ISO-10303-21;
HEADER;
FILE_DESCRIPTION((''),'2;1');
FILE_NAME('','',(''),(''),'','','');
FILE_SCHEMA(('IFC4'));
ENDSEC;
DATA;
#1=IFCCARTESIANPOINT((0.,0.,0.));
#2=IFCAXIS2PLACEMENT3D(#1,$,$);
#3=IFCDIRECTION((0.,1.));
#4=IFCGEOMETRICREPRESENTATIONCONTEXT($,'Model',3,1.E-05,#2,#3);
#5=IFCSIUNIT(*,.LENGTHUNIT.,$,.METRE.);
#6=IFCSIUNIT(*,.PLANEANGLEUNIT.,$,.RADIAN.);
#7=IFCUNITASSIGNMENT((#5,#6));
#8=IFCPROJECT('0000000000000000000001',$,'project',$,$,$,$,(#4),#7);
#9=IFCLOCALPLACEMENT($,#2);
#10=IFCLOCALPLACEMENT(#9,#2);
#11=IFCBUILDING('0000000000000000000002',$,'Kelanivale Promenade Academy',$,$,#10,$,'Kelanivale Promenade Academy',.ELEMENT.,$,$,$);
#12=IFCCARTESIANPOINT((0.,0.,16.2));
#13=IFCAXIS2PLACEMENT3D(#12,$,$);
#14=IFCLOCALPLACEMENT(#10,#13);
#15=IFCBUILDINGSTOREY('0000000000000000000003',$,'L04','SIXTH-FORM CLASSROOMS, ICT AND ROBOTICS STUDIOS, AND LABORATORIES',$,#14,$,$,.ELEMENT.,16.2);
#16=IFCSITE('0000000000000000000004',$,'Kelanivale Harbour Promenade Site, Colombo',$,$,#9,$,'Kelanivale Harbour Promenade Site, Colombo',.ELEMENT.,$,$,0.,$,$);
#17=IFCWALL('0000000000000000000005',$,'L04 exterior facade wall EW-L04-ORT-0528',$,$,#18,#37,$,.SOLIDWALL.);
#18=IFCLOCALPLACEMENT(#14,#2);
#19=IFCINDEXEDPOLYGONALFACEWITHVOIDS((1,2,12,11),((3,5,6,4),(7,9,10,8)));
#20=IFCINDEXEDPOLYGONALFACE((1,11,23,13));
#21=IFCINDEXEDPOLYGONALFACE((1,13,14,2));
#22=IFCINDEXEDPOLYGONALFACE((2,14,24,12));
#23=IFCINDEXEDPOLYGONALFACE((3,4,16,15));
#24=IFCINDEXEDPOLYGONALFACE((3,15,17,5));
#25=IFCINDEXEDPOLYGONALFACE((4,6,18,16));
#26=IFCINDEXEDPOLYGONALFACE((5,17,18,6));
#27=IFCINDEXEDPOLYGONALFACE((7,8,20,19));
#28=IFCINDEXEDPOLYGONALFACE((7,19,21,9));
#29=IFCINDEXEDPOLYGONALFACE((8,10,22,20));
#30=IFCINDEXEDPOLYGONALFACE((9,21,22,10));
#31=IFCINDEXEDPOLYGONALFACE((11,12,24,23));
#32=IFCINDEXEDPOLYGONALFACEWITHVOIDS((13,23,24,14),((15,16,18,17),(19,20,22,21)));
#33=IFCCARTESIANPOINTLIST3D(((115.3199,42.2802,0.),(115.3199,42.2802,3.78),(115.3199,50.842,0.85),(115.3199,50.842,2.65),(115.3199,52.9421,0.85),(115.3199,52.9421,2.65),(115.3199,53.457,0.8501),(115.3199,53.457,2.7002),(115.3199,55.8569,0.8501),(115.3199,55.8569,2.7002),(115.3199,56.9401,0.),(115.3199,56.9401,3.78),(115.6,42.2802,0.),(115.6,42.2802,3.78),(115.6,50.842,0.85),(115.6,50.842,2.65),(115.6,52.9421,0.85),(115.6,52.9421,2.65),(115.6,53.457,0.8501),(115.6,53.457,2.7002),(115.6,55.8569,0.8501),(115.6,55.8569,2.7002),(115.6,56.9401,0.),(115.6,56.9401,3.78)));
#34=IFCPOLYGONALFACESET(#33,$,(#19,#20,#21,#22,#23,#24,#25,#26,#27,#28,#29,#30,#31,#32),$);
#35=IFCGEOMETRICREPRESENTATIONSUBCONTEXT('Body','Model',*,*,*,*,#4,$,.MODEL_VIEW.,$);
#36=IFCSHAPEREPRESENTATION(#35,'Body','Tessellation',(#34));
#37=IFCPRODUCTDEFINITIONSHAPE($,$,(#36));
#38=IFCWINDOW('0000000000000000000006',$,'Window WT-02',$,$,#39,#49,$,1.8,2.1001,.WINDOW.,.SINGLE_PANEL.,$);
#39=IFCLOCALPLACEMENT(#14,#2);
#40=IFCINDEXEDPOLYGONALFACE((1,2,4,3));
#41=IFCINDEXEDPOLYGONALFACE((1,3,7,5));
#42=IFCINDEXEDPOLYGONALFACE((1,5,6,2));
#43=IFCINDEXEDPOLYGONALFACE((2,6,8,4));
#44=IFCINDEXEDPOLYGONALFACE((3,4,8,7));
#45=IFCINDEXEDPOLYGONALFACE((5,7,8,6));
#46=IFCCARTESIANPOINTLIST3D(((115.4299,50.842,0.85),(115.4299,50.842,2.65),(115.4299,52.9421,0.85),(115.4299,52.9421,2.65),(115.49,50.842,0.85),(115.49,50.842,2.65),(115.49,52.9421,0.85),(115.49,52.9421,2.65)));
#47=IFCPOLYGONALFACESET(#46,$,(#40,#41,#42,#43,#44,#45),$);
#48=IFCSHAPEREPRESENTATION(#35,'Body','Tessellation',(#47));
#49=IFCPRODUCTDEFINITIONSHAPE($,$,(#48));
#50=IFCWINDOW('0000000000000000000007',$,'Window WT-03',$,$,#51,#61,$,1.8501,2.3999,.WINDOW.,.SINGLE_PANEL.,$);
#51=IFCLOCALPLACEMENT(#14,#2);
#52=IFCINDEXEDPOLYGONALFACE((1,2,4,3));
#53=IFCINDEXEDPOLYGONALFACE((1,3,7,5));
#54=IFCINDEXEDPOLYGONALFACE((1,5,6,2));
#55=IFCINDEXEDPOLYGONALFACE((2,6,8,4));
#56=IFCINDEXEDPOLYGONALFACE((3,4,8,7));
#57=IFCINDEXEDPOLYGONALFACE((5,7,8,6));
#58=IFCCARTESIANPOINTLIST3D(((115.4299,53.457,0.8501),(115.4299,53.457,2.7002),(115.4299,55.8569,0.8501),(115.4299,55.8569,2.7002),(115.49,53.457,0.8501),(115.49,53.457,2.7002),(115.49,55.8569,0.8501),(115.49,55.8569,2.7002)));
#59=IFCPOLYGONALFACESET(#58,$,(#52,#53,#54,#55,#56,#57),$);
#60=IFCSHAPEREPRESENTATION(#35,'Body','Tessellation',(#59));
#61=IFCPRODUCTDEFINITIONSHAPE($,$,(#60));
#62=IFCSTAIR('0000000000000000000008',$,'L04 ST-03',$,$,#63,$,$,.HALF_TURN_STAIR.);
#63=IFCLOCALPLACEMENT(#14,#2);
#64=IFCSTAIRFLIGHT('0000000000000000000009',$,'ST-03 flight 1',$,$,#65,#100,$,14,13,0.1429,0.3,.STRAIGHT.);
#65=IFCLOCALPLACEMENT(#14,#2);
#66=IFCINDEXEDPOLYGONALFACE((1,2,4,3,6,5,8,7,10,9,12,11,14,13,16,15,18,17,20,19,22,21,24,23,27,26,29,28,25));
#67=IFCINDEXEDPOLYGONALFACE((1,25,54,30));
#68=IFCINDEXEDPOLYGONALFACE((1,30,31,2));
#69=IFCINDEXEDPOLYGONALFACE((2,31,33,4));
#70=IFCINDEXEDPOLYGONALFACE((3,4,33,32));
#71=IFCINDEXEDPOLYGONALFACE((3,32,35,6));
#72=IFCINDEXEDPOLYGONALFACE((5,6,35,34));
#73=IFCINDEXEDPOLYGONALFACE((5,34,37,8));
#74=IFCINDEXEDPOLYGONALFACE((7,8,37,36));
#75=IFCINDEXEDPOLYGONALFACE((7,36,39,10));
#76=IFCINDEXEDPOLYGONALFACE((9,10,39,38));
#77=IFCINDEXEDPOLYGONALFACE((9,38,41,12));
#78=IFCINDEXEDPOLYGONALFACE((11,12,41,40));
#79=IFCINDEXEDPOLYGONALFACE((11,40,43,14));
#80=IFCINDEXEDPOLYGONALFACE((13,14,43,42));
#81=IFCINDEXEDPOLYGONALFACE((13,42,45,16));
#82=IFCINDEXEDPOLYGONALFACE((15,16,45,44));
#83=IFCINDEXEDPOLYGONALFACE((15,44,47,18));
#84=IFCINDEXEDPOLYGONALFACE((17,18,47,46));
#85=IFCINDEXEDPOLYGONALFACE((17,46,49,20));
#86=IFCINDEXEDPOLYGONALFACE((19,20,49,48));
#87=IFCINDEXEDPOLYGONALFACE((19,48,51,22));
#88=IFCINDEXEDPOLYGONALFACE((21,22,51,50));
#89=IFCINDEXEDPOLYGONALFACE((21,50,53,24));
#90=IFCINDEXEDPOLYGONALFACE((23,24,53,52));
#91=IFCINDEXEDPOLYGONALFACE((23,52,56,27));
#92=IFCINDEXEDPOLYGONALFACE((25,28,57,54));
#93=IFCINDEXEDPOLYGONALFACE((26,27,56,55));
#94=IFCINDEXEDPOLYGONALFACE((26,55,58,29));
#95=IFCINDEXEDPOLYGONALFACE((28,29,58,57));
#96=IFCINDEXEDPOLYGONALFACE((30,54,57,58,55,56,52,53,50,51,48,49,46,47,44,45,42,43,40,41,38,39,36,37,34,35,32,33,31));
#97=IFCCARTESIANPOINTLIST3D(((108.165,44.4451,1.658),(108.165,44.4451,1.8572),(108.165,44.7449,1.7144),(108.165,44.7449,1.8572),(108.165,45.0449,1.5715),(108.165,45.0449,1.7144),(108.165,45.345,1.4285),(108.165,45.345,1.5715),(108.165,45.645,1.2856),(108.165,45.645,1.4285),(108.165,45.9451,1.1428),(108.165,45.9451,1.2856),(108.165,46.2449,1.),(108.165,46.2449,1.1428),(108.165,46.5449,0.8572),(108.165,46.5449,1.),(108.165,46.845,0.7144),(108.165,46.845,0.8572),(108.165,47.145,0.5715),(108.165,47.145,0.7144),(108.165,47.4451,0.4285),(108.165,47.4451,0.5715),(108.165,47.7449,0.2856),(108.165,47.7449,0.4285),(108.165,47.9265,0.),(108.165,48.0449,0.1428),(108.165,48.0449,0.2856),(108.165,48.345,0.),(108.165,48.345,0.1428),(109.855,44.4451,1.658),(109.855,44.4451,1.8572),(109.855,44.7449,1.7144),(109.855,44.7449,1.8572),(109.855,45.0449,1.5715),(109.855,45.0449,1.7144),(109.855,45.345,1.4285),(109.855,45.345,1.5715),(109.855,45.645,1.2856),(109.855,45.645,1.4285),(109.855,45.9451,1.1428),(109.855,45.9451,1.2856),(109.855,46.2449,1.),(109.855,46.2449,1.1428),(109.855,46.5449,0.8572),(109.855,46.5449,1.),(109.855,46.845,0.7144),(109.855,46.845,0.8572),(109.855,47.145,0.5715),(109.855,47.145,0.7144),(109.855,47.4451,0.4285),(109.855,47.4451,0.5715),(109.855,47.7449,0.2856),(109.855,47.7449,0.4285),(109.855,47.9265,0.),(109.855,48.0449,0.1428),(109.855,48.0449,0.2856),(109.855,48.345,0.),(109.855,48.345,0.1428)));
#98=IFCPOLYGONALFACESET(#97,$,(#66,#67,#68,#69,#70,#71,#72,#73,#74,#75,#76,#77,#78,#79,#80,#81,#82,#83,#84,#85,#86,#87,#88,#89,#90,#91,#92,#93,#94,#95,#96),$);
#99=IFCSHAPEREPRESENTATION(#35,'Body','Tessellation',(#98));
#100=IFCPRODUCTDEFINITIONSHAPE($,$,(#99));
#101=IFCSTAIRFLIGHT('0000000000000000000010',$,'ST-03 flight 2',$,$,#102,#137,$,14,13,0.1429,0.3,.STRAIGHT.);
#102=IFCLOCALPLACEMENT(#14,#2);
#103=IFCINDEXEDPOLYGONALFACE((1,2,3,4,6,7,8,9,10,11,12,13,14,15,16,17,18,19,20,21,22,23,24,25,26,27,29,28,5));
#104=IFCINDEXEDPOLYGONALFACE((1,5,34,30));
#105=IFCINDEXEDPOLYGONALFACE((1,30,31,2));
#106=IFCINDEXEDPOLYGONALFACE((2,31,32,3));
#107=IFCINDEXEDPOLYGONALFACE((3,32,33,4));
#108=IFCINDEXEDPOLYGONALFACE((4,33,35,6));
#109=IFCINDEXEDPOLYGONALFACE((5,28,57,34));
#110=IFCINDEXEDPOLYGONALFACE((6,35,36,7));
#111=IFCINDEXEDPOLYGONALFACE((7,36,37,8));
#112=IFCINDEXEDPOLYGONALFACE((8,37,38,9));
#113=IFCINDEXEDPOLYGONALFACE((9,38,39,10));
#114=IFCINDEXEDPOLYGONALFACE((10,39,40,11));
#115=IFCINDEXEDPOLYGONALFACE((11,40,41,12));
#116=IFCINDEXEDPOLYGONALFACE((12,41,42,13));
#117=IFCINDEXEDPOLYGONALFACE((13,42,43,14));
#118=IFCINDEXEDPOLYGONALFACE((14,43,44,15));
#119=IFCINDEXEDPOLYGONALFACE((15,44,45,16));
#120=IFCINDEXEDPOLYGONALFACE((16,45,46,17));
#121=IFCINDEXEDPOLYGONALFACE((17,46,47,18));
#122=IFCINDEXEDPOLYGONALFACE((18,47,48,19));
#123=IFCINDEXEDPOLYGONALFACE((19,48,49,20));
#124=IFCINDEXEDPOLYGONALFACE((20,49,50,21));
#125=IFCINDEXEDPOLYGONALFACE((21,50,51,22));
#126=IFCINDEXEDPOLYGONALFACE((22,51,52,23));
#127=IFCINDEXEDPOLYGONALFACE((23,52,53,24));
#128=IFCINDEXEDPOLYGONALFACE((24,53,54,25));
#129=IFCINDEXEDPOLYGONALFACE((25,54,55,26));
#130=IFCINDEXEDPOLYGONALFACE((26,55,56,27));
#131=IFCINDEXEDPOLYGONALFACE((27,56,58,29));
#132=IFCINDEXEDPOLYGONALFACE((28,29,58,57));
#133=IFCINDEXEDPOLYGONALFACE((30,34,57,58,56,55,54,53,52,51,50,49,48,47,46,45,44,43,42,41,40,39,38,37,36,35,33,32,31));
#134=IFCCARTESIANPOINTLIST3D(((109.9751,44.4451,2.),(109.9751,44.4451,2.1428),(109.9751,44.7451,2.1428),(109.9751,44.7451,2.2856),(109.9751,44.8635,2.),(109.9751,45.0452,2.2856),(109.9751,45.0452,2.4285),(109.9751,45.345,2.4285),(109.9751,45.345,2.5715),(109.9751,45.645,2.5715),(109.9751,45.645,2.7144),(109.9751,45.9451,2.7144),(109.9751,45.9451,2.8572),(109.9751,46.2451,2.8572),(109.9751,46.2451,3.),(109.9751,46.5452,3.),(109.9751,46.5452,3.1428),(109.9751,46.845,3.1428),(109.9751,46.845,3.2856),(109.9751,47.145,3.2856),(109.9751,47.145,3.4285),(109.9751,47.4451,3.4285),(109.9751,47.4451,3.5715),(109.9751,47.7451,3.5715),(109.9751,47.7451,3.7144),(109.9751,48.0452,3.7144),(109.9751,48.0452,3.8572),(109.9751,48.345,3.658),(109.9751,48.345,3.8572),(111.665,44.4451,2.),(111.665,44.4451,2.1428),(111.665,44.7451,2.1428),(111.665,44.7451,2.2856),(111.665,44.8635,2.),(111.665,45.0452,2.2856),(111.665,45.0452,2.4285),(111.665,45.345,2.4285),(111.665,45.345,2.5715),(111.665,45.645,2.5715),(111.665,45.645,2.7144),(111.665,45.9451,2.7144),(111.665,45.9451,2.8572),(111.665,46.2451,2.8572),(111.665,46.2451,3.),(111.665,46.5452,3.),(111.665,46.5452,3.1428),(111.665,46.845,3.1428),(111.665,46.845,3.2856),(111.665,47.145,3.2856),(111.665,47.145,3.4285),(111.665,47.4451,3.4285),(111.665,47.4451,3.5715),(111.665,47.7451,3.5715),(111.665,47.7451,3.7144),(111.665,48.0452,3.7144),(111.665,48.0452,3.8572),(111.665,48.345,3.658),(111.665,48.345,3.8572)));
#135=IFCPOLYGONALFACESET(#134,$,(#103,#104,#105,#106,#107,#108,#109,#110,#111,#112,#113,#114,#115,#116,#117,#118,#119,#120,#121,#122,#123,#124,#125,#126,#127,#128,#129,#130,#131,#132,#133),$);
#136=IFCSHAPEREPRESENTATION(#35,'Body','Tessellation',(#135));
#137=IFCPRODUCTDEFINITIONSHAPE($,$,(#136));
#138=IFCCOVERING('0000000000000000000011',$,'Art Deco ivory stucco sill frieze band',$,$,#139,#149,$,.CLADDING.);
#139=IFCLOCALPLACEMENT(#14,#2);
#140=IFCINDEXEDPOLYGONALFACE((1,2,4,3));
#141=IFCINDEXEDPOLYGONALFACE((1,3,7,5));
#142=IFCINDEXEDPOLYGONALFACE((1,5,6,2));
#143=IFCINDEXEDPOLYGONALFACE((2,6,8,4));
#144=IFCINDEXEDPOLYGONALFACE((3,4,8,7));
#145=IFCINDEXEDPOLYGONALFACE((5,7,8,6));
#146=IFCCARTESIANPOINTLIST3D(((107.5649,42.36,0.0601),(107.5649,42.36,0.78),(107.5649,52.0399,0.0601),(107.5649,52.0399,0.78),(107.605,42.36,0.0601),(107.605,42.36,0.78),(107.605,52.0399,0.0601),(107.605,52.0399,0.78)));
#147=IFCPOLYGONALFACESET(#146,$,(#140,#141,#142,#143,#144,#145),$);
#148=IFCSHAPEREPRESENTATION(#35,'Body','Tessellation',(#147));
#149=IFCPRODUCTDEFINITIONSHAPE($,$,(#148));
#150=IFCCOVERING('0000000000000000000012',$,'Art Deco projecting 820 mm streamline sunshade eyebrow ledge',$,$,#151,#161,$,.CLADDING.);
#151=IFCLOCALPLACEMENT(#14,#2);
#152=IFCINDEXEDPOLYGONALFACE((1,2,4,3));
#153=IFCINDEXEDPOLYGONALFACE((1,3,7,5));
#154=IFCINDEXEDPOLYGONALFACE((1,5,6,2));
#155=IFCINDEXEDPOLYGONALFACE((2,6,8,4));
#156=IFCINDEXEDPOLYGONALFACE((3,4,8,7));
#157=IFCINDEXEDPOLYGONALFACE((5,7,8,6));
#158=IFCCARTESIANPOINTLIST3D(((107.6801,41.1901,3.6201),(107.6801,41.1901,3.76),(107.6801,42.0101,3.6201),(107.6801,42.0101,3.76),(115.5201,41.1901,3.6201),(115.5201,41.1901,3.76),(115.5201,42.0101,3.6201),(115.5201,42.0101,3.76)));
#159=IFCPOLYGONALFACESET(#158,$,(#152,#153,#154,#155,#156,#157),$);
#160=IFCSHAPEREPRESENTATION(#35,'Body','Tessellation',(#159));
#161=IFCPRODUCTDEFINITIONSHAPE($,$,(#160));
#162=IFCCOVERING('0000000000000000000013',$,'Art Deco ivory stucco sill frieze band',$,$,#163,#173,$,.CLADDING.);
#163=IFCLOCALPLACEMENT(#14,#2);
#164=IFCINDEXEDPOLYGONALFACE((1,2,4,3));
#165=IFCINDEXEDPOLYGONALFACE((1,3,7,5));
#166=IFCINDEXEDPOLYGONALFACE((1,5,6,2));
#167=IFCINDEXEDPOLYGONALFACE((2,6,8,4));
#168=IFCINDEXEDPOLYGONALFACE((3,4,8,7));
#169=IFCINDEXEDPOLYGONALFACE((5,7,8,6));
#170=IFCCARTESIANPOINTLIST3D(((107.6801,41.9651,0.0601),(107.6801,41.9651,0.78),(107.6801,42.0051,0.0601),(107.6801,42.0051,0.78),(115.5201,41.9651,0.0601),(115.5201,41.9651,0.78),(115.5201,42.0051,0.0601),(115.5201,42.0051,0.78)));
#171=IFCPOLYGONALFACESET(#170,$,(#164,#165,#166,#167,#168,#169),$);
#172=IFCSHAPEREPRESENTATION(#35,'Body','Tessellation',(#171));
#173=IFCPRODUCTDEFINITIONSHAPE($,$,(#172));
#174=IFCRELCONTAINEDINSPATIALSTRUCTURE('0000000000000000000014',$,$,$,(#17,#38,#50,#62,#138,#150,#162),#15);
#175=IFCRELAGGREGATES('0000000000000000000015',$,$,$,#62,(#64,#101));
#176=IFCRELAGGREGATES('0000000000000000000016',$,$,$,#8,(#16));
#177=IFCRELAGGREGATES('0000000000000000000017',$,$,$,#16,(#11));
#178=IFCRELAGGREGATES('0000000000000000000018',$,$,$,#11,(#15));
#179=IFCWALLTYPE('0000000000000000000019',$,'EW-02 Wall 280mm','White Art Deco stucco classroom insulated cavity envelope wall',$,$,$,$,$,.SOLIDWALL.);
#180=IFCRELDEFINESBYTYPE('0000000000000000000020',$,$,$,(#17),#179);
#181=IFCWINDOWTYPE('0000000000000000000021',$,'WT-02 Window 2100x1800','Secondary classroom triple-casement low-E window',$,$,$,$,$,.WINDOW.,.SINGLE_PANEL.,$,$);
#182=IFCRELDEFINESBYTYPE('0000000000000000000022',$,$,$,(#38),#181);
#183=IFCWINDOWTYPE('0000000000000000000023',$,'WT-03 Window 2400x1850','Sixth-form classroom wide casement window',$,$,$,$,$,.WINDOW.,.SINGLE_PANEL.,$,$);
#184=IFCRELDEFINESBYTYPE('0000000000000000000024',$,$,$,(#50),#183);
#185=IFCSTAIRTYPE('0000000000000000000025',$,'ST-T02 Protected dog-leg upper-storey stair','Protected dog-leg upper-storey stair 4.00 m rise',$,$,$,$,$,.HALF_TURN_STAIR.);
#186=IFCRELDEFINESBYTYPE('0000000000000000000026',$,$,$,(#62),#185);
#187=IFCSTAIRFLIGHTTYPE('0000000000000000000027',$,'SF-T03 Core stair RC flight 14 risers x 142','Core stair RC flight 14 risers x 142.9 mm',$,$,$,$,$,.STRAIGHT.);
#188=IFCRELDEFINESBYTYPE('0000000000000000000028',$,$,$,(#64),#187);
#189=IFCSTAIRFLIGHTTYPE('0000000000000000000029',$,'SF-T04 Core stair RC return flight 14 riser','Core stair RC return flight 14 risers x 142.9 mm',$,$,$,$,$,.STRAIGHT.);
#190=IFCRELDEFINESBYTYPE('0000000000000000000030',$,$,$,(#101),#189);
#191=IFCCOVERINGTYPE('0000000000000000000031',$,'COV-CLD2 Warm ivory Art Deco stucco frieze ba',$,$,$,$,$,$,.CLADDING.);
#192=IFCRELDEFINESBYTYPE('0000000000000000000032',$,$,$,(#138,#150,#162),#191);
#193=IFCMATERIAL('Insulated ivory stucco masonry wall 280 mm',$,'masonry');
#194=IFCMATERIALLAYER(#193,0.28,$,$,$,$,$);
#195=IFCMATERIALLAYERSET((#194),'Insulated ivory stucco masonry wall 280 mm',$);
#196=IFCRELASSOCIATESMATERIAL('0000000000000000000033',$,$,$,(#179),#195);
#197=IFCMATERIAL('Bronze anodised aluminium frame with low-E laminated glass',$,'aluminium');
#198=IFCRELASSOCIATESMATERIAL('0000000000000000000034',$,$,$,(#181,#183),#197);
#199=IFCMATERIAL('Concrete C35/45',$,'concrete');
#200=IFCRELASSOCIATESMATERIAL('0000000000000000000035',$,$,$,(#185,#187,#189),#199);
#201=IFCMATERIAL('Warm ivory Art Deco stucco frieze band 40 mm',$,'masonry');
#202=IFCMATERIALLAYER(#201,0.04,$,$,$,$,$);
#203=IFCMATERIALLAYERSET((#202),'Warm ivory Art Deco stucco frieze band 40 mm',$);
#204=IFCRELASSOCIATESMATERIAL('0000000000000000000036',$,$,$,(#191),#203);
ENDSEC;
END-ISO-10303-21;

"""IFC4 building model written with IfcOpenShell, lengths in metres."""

from ifc_helpers import new_model, si_unit, direction, frame, frame_2d, origin, origin_2d, place, context, subcontext, project, spatial, polyline, rectangle, outline, extrude, material, layer, layer_set, type_object, element, fill, aggregate, save


model = new_model("IFC4")

# Units and contexts
model_context = context("Model", 3, precision=1e-05, world=origin(), true_north=direction((0.0, 1.0)))
body_context = subcontext(model_context, "Body", "Model", "MODEL_VIEW")
ifc_project = project(units=[si_unit("LENGTHUNIT", "METRE"), si_unit("PLANEANGLEUNIT", "RADIAN")], contexts=[model_context])

# Site, building, storey
site_placement = place(None, origin())
site = spatial("IfcSite", under=ifc_project, at=site_placement, Name="Kelanivale Harbour Promenade Site, Colombo", LongName="Kelanivale Harbour Promenade Site, Colombo", CompositionType="ELEMENT", RefElevation=0.0)
building_placement = place(site_placement, origin())
building = spatial("IfcBuilding", under=site, at=building_placement, Name="Kelanivale Promenade Academy", LongName="Kelanivale Promenade Academy", CompositionType="ELEMENT")
storey_placement = place(building_placement, frame((0.0, 0.0, 16.2)))
storey = spatial("IfcBuildingStorey", under=building, at=storey_placement, Name="L04", Description="SIXTH-FORM CLASSROOMS, ICT AND ROBOTICS STUDIOS, AND LABORATORIES", CompositionType="ELEMENT", Elevation=16.2)

# Shared definitions
ifc_material_1 = material(Name="Concrete C35/45", Category="concrete")

# Shared definitions
ifc_material_2 = material(Name="Insulated ivory stucco masonry wall 280 mm", Category="masonry")
ifc_layer_1 = layer(ifc_material_2, 0.28)
ifc_layer_set_1 = layer_set([ifc_layer_1], Name="Insulated ivory stucco masonry wall 280 mm")
wall_type_1 = type_object("IfcWallType", Name="EW-02 Wall 280mm", Description="White Art Deco stucco classroom insulated cavity envelope wall", PredefinedType="SOLIDWALL", material=ifc_layer_set_1)

# Wall, openings, windows
wall_1_placement = place(storey_placement, frame((115.46, 42.28, 0.0), z_axis=(0.0, 0.0, 1.0), x_axis=(0.0, 1.0, 0.0)))
wall_1 = element("IfcWall", 1, at=wall_1_placement, inside=storey, type_object=wall_type_1, Name="L04 exterior facade wall EW-L04-ORT-0528", PredefinedType="SOLIDWALL", context=body_context, shape_type="SweptSolid", body=[
    extrude(rectangle(XDim=14.6599, YDim=0.28, at=frame_2d((7.3301, 0.0))), origin(), (0.0, 0.0, 1.0), 3.78),
])
opening_1_placement = place(wall_1_placement, frame((8.562, 0.0, 0.8501)))
opening_1 = element("IfcOpeningElement", 2, at=opening_1_placement, cuts=wall_1, PredefinedType="OPENING", context=body_context, shape_type="SweptSolid", body=[
    extrude(rectangle(XDim=2.1001, YDim=1.8, at=frame_2d((1.05, 0.8999))), frame((0.0, 0.1499, 0.0), z_axis=(0.0, -1.0, 0.0), x_axis=(1.0, 0.0, 0.0)), (0.0, 0.0, 1.0), 0.3),
])
opening_2_placement = place(wall_1_placement, frame((11.177, 0.0, 0.8501)))
opening_2 = element("IfcOpeningElement", 3, at=opening_2_placement, cuts=wall_1, PredefinedType="OPENING", context=body_context, shape_type="SweptSolid", body=[
    extrude(rectangle(XDim=2.3999, YDim=1.8501, at=frame_2d((1.2, 0.925))), frame((0.0, 0.1499, 0.0), z_axis=(0.0, -1.0, 0.0), x_axis=(1.0, 0.0, 0.0)), (0.0, 0.0, 1.0), 0.3),
])
ifc_material_3 = material(Name="Bronze anodised aluminium frame with low-E laminated glass", Category="aluminium")
window_type_1 = type_object("IfcWindowType", Name="WT-02 Window 2100x1800", Description="Secondary classroom triple-casement low-E window", PartitioningType="SINGLE_PANEL", PredefinedType="WINDOW", material=ifc_material_3)
window_1_placement = place(opening_1_placement, origin())
window_1 = element("IfcWindow", 4, at=window_1_placement, inside=storey, type_object=window_type_1, Name="Window WT-02", OverallHeight=1.8, OverallWidth=2.1001, PartitioningType="SINGLE_PANEL", PredefinedType="WINDOW", context=body_context, shape_type="SweptSolid", body=[
    extrude(rectangle(XDim=2.1001, YDim=1.8, at=frame_2d((1.05, 0.8999))), frame((0.0, 0.03, 0.0), z_axis=(0.0, -1.0, 0.0), x_axis=(1.0, 0.0, 0.0)), (0.0, 0.0, 1.0), 0.0601),
])
fill(opening_1, window_1)
window_type_2 = type_object("IfcWindowType", Name="WT-03 Window 2400x1850", Description="Sixth-form classroom wide casement window", PartitioningType="SINGLE_PANEL", PredefinedType="WINDOW", material=ifc_material_3)
window_2_placement = place(opening_2_placement, origin())
window_2 = element("IfcWindow", 5, at=window_2_placement, inside=storey, type_object=window_type_2, Name="Window WT-03", OverallHeight=1.8501, OverallWidth=2.3999, PartitioningType="SINGLE_PANEL", PredefinedType="WINDOW", context=body_context, shape_type="SweptSolid", body=[
    extrude(rectangle(XDim=2.3999, YDim=1.8501, at=frame_2d((1.2, 0.925))), frame((0.0, 0.03, 0.0), z_axis=(0.0, -1.0, 0.0), x_axis=(1.0, 0.0, 0.0)), (0.0, 0.0, 1.0), 0.0601),
])
fill(opening_2, window_2)

# Stair, stair flights
stair_type = type_object("IfcStairType", Name="ST-T02 Protected dog-leg upper-storey stair", Description="Protected dog-leg upper-storey stair 4.00 m rise", PredefinedType="HALF_TURN_STAIR", material=ifc_material_1)
stair_placement = place(storey_placement, origin())
stair = element("IfcStair", 6, at=stair_placement, inside=storey, type_object=stair_type, Name="L04 ST-03", PredefinedType="HALF_TURN_STAIR")
stair_flight_type_1 = type_object("IfcStairFlightType", Name="SF-T03 Core stair RC flight 14 risers x 142", Description="Core stair RC flight 14 risers x 142.9 mm", PredefinedType="STRAIGHT", material=ifc_material_1)
stair_flight_1_placement = place(storey_placement, frame((109.01, 48.345, 0.0), z_axis=(0.0, 0.0, 1.0), x_axis=(0.0, -1.0, 0.0)))
stair_flight_1 = element("IfcStairFlight", 7, at=stair_flight_1_placement, type_object=stair_flight_type_1, Name="ST-03 flight 1", NumberOfRisers=14, NumberOfTreads=13, PredefinedType="STRAIGHT", RiserHeight=0.1429, TreadLength=0.3, context=body_context, shape_type="SweptSolid", body=[
    extrude(outline(polyline([(0.0, 0.0), (0.0, 0.1428), (0.3, 0.1428), (0.3, 0.2856), (0.6001, 0.2856), (0.6001, 0.4285), (0.8999, 0.4285), (0.8999, 0.5715), (1.2, 0.5715), (1.2, 0.7144), (1.5, 0.7144), (1.5, 0.8572), (1.8, 0.8572), (1.8, 1.0), (2.1001, 1.0), (2.1001, 1.1428), (2.3999, 1.1428), (2.3999, 1.2856), (2.7, 1.2856), (2.7, 1.4285), (3.0, 1.4285), (3.0, 1.5715), (3.3, 1.5715), (3.3, 1.7144), (3.6001, 1.7144), (3.6001, 1.8572), (3.8999, 1.8572), (3.8999, 2.0), (3.8999, 1.658), (0.4185, 0.0), (0.0, 0.0)])), frame((0.0, 0.845, 0.0), z_axis=(0.0, -1.0, 0.0), x_axis=(1.0, 0.0, 0.0)), (0.0, 0.0, 1.0), 1.6899),
])
stair_flight_type_2 = type_object("IfcStairFlightType", Name="SF-T04 Core stair RC return flight 14 riser", Description="Core stair RC return flight 14 risers x 142.9 mm", PredefinedType="STRAIGHT", material=ifc_material_1)
stair_flight_2_placement = place(storey_placement, frame((110.8201, 44.4451, 2.0), z_axis=(0.0, 0.0, 1.0), x_axis=(0.0, 1.0, 0.0)))
stair_flight_2 = element("IfcStairFlight", 8, at=stair_flight_2_placement, type_object=stair_flight_type_2, Name="ST-03 flight 2", NumberOfRisers=14, NumberOfTreads=13, PredefinedType="STRAIGHT", RiserHeight=0.1429, TreadLength=0.3, context=body_context, shape_type="SweptSolid", body=[
    extrude(outline(polyline([(0.0, 0.0), (0.0, 0.1428), (0.3, 0.1428), (0.3, 0.2856), (0.6001, 0.2856), (0.6001, 0.4285), (0.8999, 0.4285), (0.8999, 0.5715), (1.2, 0.5715), (1.2, 0.7144), (1.5, 0.7144), (1.5, 0.8572), (1.8, 0.8572), (1.8, 1.0), (2.1001, 1.0), (2.1001, 1.1428), (2.3999, 1.1428), (2.3999, 1.2856), (2.7, 1.2856), (2.7, 1.4285), (3.0, 1.4285), (3.0, 1.5715), (3.3, 1.5715), (3.3, 1.7144), (3.6001, 1.7144), (3.6001, 1.8572), (3.8999, 1.8572), (3.8999, 2.0), (3.8999, 1.658), (0.4185, 0.0), (0.0, 0.0)])), frame((0.0, 0.845, 0.0), z_axis=(0.0, -1.0, 0.0), x_axis=(1.0, 0.0, 0.0)), (0.0, 0.0, 1.0), 1.6899),
])
aggregate(stair, [stair_flight_1, stair_flight_2])

# Coverings
ifc_material_4 = material(Name="Warm ivory Art Deco stucco frieze band 40 mm", Category="masonry")
ifc_layer_2 = layer(ifc_material_4, 0.04)
ifc_layer_set_2 = layer_set([ifc_layer_2], Name="Warm ivory Art Deco stucco frieze band 40 mm")
covering_type = type_object("IfcCoveringType", Name="COV-CLD2 Warm ivory Art Deco stucco frieze ba", PredefinedType="CLADDING", material=ifc_layer_set_2)
covering_1_placement = place(storey_placement, frame((107.585, 47.2, 0.0601), z_axis=(0.0, 0.0, 1.0), x_axis=(0.0, -1.0, 0.0)))
element("IfcCovering", 9, at=covering_1_placement, inside=storey, type_object=covering_type, Name="Art Deco ivory stucco sill frieze band", PredefinedType="CLADDING", context=body_context, shape_type="SweptSolid", body=[
    extrude(rectangle(XDim=9.6799, YDim=0.04, at=origin_2d()), origin(), (0.0, 0.0, 1.0), 0.72),
])
covering_2_placement = place(storey_placement, frame((111.6001, 41.6001, 3.6201), z_axis=(0.0, 0.0, 1.0), x_axis=(1.0, 0.0, 0.0)))
element("IfcCovering", 10, at=covering_2_placement, inside=storey, type_object=covering_type, Name="Art Deco projecting 820 mm streamline sunshade eyebrow ledge", PredefinedType="CLADDING", context=body_context, shape_type="SweptSolid", body=[
    extrude(rectangle(XDim=7.8401, YDim=0.8201, at=origin_2d()), origin(), (0.0, 0.0, 1.0), 0.1399),
])
covering_3_placement = place(storey_placement, frame((111.6001, 41.9851, 0.0601), z_axis=(0.0, 0.0, 1.0), x_axis=(1.0, 0.0, 0.0)))
element("IfcCovering", 11, at=covering_3_placement, inside=storey, type_object=covering_type, Name="Art Deco ivory stucco sill frieze band", PredefinedType="CLADDING", context=body_context, shape_type="SweptSolid", body=[
    extrude(rectangle(XDim=7.8401, YDim=0.04, at=origin_2d()), origin(), (0.0, 0.0, 1.0), 0.72),
])

save(model, "model.ifc")
